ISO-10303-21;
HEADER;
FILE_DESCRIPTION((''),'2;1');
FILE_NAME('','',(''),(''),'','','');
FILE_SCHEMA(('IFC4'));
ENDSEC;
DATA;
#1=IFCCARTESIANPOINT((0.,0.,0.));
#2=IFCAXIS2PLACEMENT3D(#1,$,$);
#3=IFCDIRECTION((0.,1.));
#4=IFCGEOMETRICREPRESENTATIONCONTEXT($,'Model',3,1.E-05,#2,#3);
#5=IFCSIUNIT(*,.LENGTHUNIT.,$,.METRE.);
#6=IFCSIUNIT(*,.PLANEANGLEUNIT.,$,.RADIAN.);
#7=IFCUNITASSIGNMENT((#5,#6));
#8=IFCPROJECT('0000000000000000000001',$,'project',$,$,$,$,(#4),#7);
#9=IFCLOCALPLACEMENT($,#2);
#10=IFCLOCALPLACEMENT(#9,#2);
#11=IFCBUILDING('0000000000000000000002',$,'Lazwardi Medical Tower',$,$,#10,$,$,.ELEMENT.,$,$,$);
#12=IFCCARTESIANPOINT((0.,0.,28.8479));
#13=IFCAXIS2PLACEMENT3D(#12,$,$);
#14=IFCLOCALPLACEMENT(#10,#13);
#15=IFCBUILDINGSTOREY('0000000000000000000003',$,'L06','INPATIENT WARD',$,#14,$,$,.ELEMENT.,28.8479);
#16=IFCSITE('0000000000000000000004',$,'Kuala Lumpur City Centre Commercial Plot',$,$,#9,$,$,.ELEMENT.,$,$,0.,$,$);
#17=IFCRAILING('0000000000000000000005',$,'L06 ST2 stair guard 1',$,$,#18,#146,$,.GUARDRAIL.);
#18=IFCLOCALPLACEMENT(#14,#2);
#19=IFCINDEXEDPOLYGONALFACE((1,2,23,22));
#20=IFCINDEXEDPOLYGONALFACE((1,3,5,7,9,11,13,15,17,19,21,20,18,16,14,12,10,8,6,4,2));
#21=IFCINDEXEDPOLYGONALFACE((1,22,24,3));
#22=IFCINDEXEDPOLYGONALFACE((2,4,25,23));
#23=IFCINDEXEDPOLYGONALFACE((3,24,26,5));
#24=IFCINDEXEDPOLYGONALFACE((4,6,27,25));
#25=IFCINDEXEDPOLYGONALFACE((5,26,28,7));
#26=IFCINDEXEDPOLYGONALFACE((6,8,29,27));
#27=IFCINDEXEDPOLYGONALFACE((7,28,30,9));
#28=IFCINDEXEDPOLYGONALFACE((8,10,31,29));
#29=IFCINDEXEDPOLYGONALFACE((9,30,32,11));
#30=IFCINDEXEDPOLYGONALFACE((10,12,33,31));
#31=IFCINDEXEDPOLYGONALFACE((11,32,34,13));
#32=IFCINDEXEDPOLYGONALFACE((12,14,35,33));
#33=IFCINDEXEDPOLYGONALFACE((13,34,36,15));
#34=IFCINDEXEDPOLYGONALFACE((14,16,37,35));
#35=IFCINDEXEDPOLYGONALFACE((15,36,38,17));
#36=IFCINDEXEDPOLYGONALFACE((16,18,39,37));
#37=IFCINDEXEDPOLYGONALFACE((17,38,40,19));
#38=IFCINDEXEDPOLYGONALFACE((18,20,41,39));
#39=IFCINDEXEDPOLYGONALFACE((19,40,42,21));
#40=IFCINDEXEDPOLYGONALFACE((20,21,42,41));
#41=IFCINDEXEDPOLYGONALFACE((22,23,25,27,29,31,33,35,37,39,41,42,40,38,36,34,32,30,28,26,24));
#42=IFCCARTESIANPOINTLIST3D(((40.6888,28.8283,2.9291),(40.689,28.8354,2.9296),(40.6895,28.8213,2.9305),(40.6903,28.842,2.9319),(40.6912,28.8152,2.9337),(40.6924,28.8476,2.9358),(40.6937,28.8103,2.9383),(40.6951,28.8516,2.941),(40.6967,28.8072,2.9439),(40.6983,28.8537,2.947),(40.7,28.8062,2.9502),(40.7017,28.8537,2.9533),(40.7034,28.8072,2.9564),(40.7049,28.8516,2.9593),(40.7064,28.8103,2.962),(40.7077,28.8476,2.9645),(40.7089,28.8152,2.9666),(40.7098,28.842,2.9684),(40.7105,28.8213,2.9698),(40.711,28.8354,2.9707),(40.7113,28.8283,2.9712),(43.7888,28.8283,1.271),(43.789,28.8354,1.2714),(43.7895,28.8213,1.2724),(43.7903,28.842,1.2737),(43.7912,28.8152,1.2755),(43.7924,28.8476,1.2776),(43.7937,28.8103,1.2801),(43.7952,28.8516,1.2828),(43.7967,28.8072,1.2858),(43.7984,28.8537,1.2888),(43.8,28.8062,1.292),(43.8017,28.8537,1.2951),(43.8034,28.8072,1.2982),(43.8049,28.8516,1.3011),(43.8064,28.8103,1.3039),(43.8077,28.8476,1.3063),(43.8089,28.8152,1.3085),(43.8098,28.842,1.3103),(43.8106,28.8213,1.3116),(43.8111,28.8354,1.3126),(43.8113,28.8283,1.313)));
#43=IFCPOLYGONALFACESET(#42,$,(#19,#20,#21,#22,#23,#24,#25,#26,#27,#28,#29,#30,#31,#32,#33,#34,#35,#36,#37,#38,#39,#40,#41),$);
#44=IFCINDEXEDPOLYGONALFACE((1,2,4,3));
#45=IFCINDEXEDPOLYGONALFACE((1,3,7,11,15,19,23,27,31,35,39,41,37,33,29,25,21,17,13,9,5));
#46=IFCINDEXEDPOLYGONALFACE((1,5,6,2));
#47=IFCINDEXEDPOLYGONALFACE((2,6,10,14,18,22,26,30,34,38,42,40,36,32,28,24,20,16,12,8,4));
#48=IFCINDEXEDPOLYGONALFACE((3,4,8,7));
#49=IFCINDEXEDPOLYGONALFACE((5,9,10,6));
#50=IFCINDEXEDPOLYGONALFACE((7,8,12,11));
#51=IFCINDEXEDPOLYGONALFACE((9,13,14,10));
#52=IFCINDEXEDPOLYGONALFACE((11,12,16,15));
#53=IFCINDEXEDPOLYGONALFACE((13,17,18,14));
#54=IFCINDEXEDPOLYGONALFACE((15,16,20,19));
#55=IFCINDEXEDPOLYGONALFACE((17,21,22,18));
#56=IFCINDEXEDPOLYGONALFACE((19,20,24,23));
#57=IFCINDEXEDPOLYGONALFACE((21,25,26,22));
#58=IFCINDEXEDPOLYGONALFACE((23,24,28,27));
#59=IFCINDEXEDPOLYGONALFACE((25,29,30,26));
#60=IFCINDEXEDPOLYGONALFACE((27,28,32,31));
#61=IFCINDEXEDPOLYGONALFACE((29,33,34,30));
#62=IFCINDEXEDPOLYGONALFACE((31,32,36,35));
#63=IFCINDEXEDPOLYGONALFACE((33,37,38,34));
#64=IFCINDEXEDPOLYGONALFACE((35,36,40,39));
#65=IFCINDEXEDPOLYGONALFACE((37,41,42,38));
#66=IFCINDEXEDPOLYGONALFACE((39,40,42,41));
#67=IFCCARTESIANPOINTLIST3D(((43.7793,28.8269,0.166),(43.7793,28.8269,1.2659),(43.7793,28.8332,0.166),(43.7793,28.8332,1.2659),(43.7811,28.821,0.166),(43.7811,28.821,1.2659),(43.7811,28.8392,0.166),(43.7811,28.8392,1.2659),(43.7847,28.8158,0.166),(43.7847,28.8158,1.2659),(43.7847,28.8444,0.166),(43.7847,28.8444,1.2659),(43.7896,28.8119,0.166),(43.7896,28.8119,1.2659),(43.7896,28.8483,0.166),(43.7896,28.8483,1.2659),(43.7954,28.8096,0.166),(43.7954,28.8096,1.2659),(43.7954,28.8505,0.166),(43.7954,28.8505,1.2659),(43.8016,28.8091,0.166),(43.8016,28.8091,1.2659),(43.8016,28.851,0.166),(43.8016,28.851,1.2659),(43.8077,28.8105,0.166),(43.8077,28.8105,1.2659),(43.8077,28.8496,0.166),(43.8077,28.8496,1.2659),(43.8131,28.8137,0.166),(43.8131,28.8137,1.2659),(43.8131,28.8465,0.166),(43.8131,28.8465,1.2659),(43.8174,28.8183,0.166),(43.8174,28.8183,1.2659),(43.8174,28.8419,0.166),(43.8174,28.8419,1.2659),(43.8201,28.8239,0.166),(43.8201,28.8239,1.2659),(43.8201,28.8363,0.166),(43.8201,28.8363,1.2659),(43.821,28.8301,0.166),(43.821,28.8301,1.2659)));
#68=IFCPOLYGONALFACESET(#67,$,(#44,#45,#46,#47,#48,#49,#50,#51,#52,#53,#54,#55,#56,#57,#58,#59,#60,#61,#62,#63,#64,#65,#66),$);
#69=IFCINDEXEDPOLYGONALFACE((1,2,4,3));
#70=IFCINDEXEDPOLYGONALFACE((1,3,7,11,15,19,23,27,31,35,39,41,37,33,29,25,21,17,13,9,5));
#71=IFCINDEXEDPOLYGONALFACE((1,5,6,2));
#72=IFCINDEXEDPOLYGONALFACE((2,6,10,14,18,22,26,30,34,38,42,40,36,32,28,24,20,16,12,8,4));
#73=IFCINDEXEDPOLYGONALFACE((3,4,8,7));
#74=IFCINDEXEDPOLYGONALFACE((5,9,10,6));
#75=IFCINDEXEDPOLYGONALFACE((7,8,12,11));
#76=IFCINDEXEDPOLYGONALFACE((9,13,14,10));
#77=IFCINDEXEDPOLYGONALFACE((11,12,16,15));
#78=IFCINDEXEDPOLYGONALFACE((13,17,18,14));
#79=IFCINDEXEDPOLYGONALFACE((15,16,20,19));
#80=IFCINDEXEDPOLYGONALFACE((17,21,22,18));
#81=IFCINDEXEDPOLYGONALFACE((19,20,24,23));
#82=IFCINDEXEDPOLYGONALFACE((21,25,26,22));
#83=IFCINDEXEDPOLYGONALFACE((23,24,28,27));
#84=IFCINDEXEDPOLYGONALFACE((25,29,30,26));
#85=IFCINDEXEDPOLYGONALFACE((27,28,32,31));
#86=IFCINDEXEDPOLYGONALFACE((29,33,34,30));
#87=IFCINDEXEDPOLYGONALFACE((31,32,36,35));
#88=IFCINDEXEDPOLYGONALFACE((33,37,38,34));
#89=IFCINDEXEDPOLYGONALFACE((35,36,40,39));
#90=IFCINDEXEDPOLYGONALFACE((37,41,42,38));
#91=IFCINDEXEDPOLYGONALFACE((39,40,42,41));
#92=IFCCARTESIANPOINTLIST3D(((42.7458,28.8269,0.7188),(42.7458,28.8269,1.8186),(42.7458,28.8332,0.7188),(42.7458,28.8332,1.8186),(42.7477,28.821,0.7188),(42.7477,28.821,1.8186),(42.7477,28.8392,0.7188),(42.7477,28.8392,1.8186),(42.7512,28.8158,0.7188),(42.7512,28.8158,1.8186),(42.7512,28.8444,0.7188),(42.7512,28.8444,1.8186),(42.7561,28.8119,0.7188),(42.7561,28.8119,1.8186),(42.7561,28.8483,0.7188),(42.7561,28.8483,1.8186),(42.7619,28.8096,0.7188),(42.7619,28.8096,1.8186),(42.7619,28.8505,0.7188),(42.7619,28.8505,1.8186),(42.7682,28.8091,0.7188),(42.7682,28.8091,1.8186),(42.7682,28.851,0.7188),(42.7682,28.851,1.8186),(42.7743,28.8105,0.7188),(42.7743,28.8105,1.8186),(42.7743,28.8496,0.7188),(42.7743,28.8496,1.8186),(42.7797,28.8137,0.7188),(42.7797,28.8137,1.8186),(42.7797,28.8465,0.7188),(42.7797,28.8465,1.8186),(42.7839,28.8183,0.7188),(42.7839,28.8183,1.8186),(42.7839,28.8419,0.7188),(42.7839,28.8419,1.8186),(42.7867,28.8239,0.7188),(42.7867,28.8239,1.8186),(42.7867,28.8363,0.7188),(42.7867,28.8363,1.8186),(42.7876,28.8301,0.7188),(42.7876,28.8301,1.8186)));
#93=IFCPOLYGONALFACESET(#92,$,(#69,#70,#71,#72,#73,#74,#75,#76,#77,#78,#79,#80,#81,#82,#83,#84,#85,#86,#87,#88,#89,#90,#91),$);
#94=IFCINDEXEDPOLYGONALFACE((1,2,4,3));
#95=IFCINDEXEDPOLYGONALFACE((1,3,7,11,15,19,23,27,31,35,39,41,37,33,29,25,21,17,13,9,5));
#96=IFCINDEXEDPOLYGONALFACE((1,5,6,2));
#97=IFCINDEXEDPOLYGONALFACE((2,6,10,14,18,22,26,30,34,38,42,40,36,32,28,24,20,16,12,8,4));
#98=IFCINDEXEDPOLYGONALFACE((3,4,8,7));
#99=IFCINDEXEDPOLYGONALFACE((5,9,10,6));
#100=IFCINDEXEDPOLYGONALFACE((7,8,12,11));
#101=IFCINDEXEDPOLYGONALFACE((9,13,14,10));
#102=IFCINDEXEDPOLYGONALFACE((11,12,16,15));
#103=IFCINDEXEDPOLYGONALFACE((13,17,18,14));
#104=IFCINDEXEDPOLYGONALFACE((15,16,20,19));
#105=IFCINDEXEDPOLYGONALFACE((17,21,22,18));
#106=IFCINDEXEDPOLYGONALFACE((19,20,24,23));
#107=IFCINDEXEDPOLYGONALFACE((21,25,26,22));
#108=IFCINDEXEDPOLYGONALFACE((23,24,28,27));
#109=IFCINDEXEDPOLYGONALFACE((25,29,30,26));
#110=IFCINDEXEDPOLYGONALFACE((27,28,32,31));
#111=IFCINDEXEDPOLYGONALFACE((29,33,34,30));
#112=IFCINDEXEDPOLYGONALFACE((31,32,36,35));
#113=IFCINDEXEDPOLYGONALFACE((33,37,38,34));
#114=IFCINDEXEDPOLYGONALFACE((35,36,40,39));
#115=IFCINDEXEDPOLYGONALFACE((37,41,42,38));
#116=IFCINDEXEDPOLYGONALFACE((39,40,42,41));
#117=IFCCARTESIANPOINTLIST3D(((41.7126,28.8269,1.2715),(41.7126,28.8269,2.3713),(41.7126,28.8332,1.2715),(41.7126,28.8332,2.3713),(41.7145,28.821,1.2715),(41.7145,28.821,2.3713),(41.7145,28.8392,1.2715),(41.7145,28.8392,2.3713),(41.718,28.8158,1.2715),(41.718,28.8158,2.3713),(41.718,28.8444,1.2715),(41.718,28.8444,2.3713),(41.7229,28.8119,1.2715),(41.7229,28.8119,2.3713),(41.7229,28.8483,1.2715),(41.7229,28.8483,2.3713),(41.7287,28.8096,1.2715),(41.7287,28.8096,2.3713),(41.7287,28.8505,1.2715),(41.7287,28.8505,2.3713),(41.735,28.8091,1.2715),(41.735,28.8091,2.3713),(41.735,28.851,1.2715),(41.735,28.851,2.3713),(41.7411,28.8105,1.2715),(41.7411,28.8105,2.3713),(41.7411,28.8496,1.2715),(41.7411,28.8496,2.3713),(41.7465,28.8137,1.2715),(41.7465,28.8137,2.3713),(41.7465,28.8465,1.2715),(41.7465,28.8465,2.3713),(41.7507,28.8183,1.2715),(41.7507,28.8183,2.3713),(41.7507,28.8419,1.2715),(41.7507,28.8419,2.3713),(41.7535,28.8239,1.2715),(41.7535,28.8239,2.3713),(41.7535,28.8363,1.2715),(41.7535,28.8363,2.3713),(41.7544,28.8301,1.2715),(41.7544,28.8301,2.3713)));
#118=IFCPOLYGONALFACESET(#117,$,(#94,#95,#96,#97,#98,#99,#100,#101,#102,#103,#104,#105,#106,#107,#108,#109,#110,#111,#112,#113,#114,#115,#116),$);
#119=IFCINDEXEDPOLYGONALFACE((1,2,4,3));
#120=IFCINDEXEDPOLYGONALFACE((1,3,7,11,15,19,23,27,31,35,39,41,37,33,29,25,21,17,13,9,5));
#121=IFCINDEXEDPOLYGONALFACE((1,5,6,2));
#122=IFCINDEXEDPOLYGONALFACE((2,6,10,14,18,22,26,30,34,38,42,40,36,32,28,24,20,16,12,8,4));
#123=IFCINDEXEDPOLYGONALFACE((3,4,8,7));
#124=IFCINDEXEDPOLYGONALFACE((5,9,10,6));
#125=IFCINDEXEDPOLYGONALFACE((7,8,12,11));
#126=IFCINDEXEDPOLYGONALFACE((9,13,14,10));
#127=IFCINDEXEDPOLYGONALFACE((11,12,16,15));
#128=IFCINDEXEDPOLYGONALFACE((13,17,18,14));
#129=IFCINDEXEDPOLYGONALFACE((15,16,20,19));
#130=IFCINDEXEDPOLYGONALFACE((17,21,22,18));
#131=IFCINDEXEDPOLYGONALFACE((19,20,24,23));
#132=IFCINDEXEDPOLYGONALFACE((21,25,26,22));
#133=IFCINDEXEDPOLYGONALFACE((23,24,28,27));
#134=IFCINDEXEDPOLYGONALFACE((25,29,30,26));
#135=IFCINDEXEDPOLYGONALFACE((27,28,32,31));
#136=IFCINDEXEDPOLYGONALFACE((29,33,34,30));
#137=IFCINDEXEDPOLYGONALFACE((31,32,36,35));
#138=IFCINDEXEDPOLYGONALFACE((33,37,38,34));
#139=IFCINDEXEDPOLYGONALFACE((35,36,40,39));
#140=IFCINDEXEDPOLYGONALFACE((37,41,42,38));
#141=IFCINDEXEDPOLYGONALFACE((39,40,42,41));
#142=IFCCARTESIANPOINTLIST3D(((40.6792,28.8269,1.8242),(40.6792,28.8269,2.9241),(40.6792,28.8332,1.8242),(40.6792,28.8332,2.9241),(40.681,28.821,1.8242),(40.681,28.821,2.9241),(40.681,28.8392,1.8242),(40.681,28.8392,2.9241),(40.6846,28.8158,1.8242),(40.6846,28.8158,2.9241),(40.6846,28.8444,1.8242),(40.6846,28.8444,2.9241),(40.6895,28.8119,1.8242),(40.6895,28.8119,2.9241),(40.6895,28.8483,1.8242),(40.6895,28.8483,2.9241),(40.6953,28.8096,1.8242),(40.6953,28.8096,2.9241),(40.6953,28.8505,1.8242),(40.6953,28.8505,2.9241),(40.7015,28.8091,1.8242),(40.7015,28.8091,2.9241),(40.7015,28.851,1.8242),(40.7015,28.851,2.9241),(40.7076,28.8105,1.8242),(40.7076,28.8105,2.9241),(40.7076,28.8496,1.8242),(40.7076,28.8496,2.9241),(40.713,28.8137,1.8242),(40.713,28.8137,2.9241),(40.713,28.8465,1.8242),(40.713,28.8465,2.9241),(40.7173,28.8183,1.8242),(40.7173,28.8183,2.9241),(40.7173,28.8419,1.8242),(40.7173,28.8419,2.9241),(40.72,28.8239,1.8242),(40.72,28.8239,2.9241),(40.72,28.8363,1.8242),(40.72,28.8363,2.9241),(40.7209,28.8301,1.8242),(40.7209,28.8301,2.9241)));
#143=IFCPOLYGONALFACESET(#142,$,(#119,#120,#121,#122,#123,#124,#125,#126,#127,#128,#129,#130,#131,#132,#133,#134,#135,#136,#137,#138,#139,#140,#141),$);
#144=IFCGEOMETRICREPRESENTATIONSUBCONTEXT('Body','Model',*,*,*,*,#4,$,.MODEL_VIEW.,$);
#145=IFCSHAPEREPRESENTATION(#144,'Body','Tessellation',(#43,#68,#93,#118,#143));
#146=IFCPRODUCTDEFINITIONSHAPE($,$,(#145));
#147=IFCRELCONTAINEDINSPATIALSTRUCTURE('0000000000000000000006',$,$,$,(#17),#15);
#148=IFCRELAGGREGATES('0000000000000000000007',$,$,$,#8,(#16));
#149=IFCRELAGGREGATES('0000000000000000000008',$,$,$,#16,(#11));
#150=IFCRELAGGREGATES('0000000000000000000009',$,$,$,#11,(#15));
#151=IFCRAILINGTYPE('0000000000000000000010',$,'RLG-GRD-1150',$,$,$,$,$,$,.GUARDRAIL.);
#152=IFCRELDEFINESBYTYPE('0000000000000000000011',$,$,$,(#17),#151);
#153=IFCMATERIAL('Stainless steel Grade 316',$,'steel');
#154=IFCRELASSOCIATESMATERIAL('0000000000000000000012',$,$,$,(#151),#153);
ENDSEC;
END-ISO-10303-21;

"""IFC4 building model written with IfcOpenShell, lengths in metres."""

from ifc_helpers import new_model, si_unit, direction, frame, origin, origin_2d, place, context, subcontext, project, spatial, circle, extrude, material, type_object, element, save


model = new_model("IFC4")

# Units and contexts
model_context = context("Model", 3, precision=1e-05, world=origin(), true_north=direction((0.0, 1.0)))
body_context = subcontext(model_context, "Body", "Model", "MODEL_VIEW")
ifc_project = project(units=[si_unit("LENGTHUNIT", "METRE"), si_unit("PLANEANGLEUNIT", "RADIAN")], contexts=[model_context])

# Site, building, storey
site_placement = place(None, origin())
site = spatial("IfcSite", under=ifc_project, at=site_placement, Name="Kuala Lumpur City Centre Commercial Plot", CompositionType="ELEMENT", RefElevation=0.0)
building_placement = place(site_placement, origin())
building = spatial("IfcBuilding", under=site, at=building_placement, Name="Lazwardi Medical Tower", CompositionType="ELEMENT")
storey_placement = place(building_placement, frame((0.0, 0.0, 28.8479)))
storey = spatial("IfcBuildingStorey", under=building, at=storey_placement, Name="L06", Description="INPATIENT WARD", CompositionType="ELEMENT", Elevation=28.8479)

# Railing
ifc_material_1 = material(Name="Stainless steel Grade 316", Category="steel")
railing_type_1 = type_object("IfcRailingType", Name="RLG-GRD-1150", PredefinedType="GUARDRAIL", material=ifc_material_1)
railing_1_placement = place(storey_placement, frame((43.8, 28.8301, 0.166)))
element("IfcRailing", 1, at=railing_1_placement, inside=storey, type_object=railing_type_1, Name="L06 ST2 stair guard 1", PredefinedType="GUARDRAIL", context=body_context, shape_type="SweptSolid", body=[
    extrude(circle(Radius=0.0239, at=origin_2d()), frame((0.0, 0.0, 1.126), z_axis=(-0.881783, 0.0, 0.471655), x_axis=(0.0, -1.0, 0.0)), (0.0, 0.0, 1.0), 3.5156),
    extrude(circle(Radius=0.021, at=origin_2d()), origin(), (0.0, 0.0, 1.0), 1.0999),
    extrude(circle(Radius=0.021, at=origin_2d()), frame((-1.0334, 0.0, 0.5527)), (0.0, 0.0, 1.0), 1.0999),
    extrude(circle(Radius=0.021, at=origin_2d()), frame((-2.0667, 0.0, 1.1055)), (0.0, 0.0, 1.0), 1.0999),
    extrude(circle(Radius=0.021, at=origin_2d()), frame((-3.1001, 0.0, 1.6582)), (0.0, 0.0, 1.0), 1.0999),
])

save(model, "model.ifc")
